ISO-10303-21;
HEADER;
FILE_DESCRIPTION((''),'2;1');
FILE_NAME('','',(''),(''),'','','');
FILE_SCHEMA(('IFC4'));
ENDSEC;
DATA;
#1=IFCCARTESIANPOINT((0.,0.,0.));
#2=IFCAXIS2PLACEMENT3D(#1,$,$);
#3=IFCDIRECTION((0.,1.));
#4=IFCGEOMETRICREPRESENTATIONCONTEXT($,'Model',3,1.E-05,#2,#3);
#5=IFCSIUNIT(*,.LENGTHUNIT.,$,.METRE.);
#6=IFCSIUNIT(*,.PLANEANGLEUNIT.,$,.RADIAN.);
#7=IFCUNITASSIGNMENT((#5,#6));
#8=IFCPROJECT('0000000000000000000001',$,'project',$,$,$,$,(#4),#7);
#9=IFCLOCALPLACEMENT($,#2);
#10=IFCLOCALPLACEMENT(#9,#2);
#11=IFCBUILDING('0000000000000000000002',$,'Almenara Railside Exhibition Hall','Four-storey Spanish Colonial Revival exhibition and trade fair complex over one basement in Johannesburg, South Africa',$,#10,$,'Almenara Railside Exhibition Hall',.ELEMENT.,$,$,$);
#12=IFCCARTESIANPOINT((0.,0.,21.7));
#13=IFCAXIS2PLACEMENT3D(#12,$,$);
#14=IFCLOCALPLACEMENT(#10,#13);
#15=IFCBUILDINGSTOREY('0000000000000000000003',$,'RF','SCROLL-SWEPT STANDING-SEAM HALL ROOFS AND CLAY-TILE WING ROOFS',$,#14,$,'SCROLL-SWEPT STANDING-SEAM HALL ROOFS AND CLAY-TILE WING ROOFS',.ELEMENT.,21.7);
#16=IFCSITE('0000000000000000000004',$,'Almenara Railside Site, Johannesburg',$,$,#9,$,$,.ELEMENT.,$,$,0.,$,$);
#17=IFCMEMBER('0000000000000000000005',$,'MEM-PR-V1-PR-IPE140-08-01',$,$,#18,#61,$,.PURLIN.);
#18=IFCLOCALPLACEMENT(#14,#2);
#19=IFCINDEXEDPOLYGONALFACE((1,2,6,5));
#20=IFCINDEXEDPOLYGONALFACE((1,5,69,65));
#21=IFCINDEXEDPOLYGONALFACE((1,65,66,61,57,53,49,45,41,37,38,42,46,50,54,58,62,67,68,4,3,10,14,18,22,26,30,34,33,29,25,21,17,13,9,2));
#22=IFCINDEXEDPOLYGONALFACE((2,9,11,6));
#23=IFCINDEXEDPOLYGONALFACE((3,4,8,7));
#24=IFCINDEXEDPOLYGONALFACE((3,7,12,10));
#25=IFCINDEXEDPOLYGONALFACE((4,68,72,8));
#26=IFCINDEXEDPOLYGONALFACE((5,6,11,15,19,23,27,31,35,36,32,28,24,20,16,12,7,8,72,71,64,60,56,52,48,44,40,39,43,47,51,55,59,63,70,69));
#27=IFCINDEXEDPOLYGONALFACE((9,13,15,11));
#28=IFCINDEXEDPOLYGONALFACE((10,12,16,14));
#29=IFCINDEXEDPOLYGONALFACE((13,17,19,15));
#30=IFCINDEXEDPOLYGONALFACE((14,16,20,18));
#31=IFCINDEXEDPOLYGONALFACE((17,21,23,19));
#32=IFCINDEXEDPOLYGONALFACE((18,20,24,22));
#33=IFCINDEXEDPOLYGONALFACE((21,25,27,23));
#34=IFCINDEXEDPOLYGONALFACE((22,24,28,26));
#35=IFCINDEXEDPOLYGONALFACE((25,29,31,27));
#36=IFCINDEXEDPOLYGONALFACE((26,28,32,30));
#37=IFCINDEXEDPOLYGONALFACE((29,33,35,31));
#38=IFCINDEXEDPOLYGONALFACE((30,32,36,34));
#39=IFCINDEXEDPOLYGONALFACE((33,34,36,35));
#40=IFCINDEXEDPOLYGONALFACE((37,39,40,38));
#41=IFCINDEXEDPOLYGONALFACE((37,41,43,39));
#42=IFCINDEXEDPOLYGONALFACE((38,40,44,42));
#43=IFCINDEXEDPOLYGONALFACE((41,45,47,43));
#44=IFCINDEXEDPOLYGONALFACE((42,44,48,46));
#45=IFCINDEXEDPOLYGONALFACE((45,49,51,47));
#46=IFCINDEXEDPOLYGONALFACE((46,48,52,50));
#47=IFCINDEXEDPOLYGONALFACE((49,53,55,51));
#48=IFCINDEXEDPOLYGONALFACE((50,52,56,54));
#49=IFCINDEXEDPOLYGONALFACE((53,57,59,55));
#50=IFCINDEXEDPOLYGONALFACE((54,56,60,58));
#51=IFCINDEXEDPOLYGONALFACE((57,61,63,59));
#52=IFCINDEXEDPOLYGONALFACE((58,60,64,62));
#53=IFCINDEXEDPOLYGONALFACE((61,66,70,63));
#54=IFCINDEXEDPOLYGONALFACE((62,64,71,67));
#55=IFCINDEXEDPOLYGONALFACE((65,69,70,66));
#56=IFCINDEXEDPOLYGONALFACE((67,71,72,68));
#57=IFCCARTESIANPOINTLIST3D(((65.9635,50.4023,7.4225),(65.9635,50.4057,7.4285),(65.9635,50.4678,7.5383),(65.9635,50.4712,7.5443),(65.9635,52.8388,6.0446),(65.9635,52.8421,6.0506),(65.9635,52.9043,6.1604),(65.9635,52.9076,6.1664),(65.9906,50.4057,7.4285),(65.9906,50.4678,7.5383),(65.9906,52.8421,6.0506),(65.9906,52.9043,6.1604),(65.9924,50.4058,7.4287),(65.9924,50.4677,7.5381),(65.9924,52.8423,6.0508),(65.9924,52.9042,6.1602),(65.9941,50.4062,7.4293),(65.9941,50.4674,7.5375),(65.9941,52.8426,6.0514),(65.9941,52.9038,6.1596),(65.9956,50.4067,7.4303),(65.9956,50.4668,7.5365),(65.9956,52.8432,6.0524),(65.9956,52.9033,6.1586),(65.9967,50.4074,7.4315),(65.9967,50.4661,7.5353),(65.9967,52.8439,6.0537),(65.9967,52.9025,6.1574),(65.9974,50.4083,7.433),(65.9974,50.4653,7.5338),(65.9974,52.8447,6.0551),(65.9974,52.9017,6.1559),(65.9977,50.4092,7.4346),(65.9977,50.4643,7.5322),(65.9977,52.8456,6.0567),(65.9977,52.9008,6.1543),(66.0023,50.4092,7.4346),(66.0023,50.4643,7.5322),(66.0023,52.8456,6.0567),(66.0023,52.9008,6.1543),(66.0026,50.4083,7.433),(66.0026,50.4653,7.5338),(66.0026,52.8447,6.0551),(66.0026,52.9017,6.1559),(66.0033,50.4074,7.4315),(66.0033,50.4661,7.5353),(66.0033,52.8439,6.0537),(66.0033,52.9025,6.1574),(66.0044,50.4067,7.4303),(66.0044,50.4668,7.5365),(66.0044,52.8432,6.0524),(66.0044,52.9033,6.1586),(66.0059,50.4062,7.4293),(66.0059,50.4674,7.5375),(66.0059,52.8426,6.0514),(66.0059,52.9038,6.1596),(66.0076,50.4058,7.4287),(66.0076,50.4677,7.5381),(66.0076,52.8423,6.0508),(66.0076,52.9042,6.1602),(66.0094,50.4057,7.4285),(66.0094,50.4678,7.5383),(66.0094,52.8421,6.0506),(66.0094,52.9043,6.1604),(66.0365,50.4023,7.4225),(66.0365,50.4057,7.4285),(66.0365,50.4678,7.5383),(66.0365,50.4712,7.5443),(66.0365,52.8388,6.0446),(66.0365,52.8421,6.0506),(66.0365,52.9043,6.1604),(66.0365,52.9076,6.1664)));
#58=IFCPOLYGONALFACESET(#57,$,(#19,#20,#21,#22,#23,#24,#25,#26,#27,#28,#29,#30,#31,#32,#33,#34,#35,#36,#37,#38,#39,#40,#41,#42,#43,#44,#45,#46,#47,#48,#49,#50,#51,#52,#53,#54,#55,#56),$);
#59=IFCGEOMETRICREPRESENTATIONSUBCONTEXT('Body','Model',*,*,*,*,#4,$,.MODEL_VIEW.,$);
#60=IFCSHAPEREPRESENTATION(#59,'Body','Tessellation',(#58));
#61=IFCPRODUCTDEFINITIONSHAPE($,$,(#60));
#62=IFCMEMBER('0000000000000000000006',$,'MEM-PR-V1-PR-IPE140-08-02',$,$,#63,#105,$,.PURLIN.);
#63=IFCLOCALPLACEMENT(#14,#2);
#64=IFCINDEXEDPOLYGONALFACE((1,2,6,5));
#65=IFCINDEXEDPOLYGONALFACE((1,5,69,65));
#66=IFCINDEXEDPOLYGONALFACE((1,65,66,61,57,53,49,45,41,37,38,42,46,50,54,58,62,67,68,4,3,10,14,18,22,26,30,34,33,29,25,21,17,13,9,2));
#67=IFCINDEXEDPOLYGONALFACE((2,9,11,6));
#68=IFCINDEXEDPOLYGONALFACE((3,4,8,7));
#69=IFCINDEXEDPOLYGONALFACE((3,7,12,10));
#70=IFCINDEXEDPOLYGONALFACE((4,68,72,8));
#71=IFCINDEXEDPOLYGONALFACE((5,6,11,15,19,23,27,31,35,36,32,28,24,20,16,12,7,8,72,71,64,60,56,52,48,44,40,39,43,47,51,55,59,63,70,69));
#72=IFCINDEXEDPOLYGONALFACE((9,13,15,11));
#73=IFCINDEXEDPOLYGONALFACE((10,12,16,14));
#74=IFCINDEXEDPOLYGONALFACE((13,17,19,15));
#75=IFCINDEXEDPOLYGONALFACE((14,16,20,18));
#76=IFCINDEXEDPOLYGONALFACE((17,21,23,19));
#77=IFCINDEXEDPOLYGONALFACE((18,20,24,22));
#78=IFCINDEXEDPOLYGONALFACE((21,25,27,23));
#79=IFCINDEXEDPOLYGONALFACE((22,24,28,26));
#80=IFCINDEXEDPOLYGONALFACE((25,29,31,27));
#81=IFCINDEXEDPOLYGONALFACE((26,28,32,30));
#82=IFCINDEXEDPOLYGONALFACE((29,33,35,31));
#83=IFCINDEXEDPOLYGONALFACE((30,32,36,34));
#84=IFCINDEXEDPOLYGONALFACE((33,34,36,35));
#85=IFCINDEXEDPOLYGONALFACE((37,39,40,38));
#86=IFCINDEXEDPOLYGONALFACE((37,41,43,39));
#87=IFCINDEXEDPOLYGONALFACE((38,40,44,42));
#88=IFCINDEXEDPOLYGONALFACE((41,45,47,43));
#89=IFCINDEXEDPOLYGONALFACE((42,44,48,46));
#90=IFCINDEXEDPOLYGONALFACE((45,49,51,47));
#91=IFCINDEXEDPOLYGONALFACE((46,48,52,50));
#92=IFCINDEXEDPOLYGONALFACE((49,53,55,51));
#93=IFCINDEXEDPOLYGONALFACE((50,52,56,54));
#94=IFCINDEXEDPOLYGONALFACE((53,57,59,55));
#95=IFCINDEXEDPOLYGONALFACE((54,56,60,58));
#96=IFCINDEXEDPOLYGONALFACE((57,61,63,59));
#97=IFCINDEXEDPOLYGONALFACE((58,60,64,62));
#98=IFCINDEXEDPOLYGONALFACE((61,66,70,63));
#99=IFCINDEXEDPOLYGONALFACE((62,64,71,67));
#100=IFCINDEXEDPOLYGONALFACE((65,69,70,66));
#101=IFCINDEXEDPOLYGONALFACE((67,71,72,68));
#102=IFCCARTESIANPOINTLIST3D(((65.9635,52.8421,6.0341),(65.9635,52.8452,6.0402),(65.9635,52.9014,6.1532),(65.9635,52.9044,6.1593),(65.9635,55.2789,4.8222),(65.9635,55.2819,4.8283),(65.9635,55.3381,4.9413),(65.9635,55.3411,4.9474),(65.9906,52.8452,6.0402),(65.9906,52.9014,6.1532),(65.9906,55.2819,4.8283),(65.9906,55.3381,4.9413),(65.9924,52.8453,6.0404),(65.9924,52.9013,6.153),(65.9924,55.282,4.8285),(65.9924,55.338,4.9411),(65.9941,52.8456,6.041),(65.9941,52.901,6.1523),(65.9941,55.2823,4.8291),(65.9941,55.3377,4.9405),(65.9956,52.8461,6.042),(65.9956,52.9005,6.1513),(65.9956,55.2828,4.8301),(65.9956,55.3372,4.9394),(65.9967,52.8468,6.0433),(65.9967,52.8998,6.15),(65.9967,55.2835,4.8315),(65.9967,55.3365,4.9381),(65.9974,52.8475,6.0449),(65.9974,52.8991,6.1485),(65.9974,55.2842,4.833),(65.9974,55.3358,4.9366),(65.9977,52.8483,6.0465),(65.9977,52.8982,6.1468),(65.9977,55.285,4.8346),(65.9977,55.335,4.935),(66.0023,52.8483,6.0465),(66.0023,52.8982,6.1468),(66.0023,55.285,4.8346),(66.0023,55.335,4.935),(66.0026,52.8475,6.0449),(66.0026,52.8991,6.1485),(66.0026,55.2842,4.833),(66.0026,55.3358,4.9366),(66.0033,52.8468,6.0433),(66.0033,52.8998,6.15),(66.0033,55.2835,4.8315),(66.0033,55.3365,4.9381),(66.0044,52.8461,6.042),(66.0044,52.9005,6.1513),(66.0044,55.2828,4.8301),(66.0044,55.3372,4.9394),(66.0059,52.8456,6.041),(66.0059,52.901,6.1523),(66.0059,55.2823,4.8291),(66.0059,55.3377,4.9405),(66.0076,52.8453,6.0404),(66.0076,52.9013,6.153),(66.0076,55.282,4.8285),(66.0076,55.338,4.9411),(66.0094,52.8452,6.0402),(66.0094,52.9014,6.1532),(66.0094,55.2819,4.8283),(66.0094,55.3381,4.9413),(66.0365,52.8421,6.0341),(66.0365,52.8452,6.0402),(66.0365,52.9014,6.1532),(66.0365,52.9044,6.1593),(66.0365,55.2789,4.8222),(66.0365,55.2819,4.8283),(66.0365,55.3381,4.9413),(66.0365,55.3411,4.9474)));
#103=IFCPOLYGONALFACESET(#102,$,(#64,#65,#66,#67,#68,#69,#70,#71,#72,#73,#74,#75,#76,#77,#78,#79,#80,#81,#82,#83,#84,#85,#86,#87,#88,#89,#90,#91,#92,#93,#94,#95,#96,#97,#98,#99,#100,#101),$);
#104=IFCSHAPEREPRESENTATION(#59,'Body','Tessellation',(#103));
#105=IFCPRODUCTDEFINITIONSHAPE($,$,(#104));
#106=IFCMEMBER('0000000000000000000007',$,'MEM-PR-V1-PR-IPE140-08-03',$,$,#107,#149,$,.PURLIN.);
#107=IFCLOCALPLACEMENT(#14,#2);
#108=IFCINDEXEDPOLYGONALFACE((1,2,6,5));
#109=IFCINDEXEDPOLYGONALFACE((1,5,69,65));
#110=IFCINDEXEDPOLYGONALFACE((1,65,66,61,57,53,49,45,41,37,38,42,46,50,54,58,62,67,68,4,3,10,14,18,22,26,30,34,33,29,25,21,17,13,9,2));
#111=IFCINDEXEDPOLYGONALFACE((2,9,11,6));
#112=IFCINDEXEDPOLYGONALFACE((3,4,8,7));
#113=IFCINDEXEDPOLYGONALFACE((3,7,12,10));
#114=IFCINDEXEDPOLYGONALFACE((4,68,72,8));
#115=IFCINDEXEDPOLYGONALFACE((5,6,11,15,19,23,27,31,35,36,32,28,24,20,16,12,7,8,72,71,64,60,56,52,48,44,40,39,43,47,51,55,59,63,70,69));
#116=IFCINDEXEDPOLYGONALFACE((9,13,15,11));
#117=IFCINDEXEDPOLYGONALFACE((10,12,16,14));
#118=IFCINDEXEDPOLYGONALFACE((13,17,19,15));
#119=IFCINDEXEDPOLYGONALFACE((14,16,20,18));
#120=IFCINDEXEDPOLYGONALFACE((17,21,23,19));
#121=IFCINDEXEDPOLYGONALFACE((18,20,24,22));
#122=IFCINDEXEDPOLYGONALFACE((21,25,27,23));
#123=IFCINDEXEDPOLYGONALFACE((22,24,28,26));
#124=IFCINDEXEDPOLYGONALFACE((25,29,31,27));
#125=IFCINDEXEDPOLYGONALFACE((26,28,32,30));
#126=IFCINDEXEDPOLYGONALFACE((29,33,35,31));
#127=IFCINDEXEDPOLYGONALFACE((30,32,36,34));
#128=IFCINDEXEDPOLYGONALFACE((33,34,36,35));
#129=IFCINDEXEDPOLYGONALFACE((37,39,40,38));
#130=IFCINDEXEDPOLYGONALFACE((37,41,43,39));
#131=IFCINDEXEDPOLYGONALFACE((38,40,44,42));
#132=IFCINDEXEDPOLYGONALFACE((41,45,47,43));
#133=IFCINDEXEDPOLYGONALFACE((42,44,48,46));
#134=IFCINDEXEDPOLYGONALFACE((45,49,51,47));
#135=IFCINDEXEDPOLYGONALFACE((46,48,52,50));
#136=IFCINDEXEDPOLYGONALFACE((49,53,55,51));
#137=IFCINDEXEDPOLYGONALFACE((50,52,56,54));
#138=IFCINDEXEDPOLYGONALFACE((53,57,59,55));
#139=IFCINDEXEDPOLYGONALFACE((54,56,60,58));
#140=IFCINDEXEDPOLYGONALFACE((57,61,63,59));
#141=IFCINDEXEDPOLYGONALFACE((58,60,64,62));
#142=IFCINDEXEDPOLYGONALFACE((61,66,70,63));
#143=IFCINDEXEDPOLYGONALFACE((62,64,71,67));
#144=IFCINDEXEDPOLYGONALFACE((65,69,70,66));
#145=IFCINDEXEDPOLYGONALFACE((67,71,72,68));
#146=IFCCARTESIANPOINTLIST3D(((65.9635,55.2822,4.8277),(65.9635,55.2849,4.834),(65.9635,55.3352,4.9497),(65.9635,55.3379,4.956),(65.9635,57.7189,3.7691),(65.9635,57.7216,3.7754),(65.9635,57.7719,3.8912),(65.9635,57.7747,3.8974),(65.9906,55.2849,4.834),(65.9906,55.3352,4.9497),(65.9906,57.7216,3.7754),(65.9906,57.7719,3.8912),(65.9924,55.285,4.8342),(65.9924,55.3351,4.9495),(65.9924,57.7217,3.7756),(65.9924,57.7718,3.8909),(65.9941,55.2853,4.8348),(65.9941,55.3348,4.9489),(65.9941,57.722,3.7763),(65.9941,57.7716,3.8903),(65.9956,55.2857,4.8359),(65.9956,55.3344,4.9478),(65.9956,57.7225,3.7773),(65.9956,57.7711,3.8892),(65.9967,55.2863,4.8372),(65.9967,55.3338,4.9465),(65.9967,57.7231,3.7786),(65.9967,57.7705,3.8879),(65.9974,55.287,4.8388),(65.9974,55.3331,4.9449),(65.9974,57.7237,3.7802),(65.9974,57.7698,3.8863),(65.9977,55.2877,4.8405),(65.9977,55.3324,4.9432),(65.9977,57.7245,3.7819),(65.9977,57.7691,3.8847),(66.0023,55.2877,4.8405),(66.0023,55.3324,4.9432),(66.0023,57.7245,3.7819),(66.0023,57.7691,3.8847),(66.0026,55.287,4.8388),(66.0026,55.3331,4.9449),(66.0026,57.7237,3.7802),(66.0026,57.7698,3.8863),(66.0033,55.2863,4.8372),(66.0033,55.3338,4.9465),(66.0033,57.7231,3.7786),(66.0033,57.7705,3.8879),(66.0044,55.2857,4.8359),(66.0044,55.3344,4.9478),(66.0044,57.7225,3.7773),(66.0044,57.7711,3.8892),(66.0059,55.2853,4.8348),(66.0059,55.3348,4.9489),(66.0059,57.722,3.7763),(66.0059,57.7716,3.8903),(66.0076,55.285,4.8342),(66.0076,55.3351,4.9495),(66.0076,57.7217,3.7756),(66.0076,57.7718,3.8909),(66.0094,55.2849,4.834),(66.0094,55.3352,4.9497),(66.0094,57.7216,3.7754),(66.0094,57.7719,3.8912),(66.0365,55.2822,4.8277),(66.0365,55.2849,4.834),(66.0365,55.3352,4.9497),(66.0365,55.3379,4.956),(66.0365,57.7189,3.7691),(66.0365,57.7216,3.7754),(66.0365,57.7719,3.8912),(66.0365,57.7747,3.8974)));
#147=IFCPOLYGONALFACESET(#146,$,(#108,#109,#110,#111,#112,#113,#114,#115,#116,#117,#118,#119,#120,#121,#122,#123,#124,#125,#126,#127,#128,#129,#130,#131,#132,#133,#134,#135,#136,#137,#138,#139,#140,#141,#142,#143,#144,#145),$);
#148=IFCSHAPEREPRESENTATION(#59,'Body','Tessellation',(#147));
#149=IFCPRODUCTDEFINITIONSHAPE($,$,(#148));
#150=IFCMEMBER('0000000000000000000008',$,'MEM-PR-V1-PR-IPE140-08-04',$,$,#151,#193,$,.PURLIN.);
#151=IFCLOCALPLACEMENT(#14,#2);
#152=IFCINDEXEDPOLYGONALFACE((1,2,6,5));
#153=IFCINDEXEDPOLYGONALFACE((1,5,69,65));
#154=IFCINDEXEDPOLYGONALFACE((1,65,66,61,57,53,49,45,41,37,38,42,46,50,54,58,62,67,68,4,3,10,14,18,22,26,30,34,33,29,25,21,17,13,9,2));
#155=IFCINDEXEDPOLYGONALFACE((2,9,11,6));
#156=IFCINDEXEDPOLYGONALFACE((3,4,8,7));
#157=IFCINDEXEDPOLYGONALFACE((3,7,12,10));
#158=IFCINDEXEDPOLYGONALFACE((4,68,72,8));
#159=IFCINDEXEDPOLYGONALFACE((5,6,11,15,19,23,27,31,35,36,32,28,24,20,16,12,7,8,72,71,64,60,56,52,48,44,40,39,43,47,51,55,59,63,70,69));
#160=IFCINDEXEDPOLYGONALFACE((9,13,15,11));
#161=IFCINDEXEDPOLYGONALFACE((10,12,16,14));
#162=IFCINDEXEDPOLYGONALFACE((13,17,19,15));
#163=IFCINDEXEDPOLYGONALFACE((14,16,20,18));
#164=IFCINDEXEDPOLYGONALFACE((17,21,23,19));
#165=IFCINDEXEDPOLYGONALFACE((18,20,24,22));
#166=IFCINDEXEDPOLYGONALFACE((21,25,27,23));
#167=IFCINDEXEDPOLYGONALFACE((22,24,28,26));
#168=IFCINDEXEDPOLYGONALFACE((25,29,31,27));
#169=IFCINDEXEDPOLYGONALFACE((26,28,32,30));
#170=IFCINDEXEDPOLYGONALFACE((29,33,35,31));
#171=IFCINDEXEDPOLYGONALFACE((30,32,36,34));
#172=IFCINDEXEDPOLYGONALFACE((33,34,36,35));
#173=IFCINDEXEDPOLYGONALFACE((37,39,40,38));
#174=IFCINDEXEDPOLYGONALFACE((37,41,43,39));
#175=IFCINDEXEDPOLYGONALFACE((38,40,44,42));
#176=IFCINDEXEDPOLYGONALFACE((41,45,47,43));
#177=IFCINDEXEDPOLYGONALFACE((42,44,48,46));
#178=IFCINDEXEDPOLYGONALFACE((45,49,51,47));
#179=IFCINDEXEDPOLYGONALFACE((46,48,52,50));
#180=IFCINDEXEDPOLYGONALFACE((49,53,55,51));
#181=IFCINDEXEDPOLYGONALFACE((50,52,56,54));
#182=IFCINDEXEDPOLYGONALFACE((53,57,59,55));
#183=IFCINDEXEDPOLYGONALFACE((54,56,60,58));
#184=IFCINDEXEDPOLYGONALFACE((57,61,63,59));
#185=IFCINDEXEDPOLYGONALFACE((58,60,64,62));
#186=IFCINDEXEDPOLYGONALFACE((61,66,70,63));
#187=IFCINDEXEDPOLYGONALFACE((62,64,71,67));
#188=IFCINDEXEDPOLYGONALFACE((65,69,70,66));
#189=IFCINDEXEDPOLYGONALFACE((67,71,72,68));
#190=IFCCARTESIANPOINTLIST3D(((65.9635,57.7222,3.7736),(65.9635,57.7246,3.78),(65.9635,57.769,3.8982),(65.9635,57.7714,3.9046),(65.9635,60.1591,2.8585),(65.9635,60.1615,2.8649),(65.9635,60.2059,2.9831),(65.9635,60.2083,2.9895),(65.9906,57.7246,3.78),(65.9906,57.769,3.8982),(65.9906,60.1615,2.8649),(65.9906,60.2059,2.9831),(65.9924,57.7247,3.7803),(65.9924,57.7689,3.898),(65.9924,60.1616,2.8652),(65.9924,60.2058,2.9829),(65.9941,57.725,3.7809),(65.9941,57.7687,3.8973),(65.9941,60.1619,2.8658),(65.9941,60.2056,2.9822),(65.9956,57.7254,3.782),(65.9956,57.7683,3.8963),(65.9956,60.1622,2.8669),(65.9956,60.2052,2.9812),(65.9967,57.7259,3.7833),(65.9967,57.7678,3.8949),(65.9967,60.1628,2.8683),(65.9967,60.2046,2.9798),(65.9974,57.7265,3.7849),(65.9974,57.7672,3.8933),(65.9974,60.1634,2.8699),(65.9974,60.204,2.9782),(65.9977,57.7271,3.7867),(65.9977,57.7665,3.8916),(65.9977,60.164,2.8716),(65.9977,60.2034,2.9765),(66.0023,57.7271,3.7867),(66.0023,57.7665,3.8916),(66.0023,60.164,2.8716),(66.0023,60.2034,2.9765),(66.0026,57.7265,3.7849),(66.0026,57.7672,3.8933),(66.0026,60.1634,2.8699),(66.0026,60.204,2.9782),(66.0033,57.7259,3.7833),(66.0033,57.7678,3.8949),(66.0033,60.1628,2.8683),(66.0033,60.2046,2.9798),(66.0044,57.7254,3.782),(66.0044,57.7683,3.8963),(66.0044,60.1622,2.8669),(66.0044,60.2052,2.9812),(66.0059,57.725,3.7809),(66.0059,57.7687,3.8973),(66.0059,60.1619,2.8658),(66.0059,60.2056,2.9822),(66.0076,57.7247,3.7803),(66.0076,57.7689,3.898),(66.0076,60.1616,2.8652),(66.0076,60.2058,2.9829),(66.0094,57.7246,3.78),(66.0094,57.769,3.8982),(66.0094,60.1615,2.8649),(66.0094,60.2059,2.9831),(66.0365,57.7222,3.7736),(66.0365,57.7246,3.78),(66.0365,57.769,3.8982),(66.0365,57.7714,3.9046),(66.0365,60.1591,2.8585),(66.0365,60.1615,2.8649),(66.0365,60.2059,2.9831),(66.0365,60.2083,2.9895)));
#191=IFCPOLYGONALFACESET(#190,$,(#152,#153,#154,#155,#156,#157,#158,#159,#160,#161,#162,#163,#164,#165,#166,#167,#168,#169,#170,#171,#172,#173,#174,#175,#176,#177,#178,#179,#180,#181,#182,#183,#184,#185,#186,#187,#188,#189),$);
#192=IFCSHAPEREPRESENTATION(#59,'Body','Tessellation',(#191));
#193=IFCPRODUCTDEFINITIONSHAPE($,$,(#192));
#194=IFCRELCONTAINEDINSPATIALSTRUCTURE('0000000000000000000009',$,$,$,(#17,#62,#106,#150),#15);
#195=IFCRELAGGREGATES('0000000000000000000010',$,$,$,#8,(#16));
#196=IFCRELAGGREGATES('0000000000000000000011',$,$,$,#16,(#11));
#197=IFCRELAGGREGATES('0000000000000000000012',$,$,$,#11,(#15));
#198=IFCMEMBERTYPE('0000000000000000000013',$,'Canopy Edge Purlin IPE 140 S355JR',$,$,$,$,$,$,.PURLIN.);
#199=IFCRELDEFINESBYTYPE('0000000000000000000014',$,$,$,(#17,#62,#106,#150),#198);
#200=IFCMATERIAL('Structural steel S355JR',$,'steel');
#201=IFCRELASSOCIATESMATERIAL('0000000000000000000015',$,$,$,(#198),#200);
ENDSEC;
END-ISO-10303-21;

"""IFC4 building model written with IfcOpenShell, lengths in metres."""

from ifc_helpers import new_model, si_unit, direction, frame, origin, origin_2d, place, context, subcontext, project, spatial, i_section, extrude, material, material_profile, profile_set, type_object, element, save


model = new_model("IFC4")

# Units and contexts
model_context = context("Model", 3, precision=1e-05, world=origin(), true_north=direction((0.0, 1.0)))
body_context = subcontext(model_context, "Body", "Model", "MODEL_VIEW")
ifc_project = project(units=[si_unit("LENGTHUNIT", "METRE"), si_unit("PLANEANGLEUNIT", "RADIAN")], contexts=[model_context])

# Site, building, storey
site_placement = place(None, origin())
site = spatial("IfcSite", under=ifc_project, at=site_placement, Name="Almenara Railside Site, Johannesburg", CompositionType="ELEMENT", RefElevation=0.0)
building_placement = place(site_placement, origin())
building = spatial("IfcBuilding", under=site, at=building_placement, Name="Almenara Railside Exhibition Hall", Description="Four-storey Spanish Colonial Revival exhibition and trade fair complex over one basement in Johannesburg, South Africa", LongName="Almenara Railside Exhibition Hall", CompositionType="ELEMENT")
storey_placement = place(building_placement, frame((0.0, 0.0, 21.7)))
storey = spatial("IfcBuildingStorey", under=building, at=storey_placement, Name="RF", Description="SCROLL-SWEPT STANDING-SEAM HALL ROOFS AND CLAY-TILE WING ROOFS", LongName="SCROLL-SWEPT STANDING-SEAM HALL ROOFS AND CLAY-TILE WING ROOFS", CompositionType="ELEMENT", Elevation=21.7)

# Members
ifc_material_1 = material(Name="Structural steel S355JR", Category="steel")
ifc_material_profile_1 = material_profile(ifc_material_1, i_section(OverallWidth=0.073, OverallDepth=0.1399, WebThickness=0.0046, FlangeThickness=0.0068, FilletRadius=0.0071, at=origin_2d()), Name="IPE 140")
ifc_profile_set_1 = profile_set([ifc_material_profile_1], Name="Structural steel S355JR")
member_type_1 = type_object("IfcMemberType", Name="Canopy Edge Purlin IPE 140 S355JR", PredefinedType="PURLIN", material=ifc_profile_set_1)
member_1_placement = place(storey_placement, frame((66.0, 50.4368, 7.4834), z_axis=(0.0, 0.870446, -0.492264), x_axis=(-1.0, 0.0, 0.0)))
element("IfcMember", 1, at=member_1_placement, inside=storey, type_object=member_type_1, Name="MEM-PR-V1-PR-IPE140-08-01", PredefinedType="PURLIN", context=body_context, shape_type="SweptSolid", body=[
    extrude(i_section(OverallWidth=0.073, OverallDepth=0.1399, WebThickness=0.0046, FlangeThickness=0.0068, FilletRadius=0.0071, at=origin_2d()), origin(), (0.0, 0.0, 1.0), 2.7991),
])
member_2_placement = place(storey_placement, frame((66.0, 52.8733, 6.0967), z_axis=(0.0, 0.895376, -0.445311), x_axis=(-1.0, 0.0, 0.0)))
element("IfcMember", 2, at=member_2_placement, inside=storey, type_object=member_type_1, Name="MEM-PR-V1-PR-IPE140-08-02", PredefinedType="PURLIN", context=body_context, shape_type="SweptSolid", body=[
    extrude(i_section(OverallWidth=0.073, OverallDepth=0.1399, WebThickness=0.0046, FlangeThickness=0.0068, FilletRadius=0.0071, at=origin_2d()), origin(), (0.0, 0.0, 1.0), 2.7214),
])
member_3_placement = place(storey_placement, frame((66.0, 55.3101, 4.8918), z_axis=(0.0, 0.91719, -0.398451), x_axis=(-1.0, 0.0, 0.0)))
element("IfcMember", 3, at=member_3_placement, inside=storey, type_object=member_type_1, Name="MEM-PR-V1-PR-IPE140-08-03", PredefinedType="PURLIN", context=body_context, shape_type="SweptSolid", body=[
    extrude(i_section(OverallWidth=0.073, OverallDepth=0.1399, WebThickness=0.0046, FlangeThickness=0.0068, FilletRadius=0.0071, at=origin_2d()), origin(), (0.0, 0.0, 1.0), 2.6567),
])
member_4_placement = place(storey_placement, frame((66.0, 57.7468, 3.8391), z_axis=(0.0, 0.936171, -0.351545), x_axis=(-1.0, 0.0, 0.0)))
element("IfcMember", 4, at=member_4_placement, inside=storey, type_object=member_type_1, Name="MEM-PR-V1-PR-IPE140-08-04", PredefinedType="PURLIN", context=body_context, shape_type="SweptSolid", body=[
    extrude(i_section(OverallWidth=0.073, OverallDepth=0.1399, WebThickness=0.0046, FlangeThickness=0.0068, FilletRadius=0.0071, at=origin_2d()), origin(), (0.0, 0.0, 1.0), 2.603),
])

save(model, "model.ifc")
